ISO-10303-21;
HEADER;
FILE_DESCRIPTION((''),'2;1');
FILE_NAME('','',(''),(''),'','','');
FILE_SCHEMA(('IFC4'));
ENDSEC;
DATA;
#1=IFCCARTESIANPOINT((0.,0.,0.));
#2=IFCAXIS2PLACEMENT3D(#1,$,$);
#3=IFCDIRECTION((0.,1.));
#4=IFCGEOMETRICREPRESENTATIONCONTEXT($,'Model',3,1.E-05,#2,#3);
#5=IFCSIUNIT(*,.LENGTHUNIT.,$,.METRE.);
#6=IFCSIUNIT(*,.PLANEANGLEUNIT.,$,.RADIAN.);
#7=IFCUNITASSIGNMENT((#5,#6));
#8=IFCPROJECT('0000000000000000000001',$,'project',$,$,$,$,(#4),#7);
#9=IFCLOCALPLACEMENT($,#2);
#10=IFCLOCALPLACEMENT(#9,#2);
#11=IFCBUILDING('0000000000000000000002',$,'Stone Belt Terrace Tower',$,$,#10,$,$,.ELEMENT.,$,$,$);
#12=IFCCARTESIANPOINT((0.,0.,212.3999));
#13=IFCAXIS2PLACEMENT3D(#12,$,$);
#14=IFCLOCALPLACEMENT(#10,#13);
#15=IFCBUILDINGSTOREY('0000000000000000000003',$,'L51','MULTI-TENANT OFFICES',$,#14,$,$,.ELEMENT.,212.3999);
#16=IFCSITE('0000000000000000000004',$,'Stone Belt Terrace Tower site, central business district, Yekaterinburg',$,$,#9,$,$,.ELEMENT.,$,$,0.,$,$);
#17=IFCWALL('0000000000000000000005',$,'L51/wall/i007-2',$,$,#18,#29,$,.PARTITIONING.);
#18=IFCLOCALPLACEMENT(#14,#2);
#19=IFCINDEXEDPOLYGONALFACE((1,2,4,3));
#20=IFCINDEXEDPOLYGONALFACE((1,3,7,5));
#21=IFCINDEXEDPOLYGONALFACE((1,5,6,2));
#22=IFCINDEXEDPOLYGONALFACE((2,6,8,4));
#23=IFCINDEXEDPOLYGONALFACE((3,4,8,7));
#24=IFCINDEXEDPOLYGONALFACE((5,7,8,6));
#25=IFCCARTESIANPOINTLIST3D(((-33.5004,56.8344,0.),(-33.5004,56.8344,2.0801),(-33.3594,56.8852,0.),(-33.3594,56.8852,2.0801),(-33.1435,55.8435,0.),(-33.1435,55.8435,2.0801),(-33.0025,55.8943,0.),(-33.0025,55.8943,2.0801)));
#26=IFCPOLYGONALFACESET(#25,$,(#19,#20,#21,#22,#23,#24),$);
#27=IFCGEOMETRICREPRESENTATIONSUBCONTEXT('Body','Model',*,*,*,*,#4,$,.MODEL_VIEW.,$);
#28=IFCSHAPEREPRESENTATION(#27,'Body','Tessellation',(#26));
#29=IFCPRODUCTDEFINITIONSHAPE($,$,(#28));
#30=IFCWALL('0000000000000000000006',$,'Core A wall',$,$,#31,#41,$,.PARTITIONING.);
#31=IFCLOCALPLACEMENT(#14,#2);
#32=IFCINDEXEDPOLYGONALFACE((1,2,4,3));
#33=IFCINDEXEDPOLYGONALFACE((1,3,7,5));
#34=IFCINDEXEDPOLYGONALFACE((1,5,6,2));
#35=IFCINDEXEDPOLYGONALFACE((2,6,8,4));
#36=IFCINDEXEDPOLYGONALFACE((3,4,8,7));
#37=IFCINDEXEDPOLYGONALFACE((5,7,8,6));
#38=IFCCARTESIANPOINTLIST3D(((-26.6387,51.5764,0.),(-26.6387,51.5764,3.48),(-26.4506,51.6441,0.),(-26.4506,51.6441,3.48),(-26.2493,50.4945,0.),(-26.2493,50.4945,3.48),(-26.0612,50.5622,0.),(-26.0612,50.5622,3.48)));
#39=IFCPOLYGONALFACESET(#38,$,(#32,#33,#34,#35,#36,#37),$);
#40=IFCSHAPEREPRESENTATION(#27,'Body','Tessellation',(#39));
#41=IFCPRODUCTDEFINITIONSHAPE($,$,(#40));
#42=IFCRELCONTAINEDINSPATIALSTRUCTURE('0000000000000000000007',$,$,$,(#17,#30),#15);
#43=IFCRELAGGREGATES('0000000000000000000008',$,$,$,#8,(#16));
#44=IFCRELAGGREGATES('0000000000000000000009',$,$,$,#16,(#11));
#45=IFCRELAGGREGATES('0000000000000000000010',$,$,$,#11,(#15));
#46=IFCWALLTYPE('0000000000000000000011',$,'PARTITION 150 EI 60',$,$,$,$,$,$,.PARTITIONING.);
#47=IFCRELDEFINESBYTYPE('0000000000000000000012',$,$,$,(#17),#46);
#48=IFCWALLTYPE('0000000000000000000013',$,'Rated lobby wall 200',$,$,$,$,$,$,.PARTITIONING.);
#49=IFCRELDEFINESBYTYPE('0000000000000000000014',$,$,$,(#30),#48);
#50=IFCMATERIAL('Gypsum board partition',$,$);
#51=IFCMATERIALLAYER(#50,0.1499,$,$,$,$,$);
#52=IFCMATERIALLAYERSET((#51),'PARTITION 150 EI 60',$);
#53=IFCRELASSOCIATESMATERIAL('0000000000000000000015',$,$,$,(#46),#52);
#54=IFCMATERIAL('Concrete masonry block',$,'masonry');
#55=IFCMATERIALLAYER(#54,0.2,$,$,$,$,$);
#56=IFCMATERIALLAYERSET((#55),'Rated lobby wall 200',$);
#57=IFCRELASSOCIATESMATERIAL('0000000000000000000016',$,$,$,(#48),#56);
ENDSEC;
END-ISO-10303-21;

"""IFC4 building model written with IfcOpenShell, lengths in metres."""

from ifc_helpers import new_model, si_unit, direction, frame, frame_2d, origin, place, context, subcontext, project, spatial, rectangle, extrude, material, layer, layer_set, type_object, element, save


model = new_model("IFC4")

# Units and contexts
model_context = context("Model", 3, precision=1e-05, world=origin(), true_north=direction((0.0, 1.0)))
body_context = subcontext(model_context, "Body", "Model", "MODEL_VIEW")
ifc_project = project(units=[si_unit("LENGTHUNIT", "METRE"), si_unit("PLANEANGLEUNIT", "RADIAN")], contexts=[model_context])

# Site, building, storey
site_placement = place(None, origin())
site = spatial("IfcSite", under=ifc_project, at=site_placement, Name="Stone Belt Terrace Tower site, central business district, Yekaterinburg", CompositionType="ELEMENT", RefElevation=0.0)
building_placement = place(site_placement, origin())
building = spatial("IfcBuilding", under=site, at=building_placement, Name="Stone Belt Terrace Tower", CompositionType="ELEMENT")
storey_placement = place(building_placement, frame((0.0, 0.0, 212.3999)))
storey = spatial("IfcBuildingStorey", under=building, at=storey_placement, Name="L51", Description="MULTI-TENANT OFFICES", CompositionType="ELEMENT", Elevation=212.3999)

# Shared definitions
ifc_material_1 = material(Name="Gypsum board partition")
ifc_layer_1 = layer(ifc_material_1, 0.1499)
ifc_layer_set_1 = layer_set([ifc_layer_1], Name="PARTITION 150 EI 60")
wall_type_1 = type_object("IfcWallType", Name="PARTITION 150 EI 60", PredefinedType="PARTITIONING", material=ifc_layer_set_1)

# Walls
wall_1_placement = place(storey_placement, frame((-33.073, 55.8689, 0.0), z_axis=(0.0, 0.0, 1.0), x_axis=(-0.338875, 0.940831, 0.0)))
element("IfcWall", 1, at=wall_1_placement, inside=storey, type_object=wall_type_1, Name="L51/wall/i007-2", PredefinedType="PARTITIONING", context=body_context, shape_type="SweptSolid", body=[
    extrude(rectangle(XDim=1.0532, YDim=0.1499, at=frame_2d((0.5266, 0.0))), origin(), (0.0, 0.0, 1.0), 2.0801),
])
ifc_material_2 = material(Name="Concrete masonry block", Category="masonry")
ifc_layer_2 = layer(ifc_material_2, 0.2)
ifc_layer_set_2 = layer_set([ifc_layer_2], Name="Rated lobby wall 200")
wall_type_2 = type_object("IfcWallType", Name="Rated lobby wall 200", PredefinedType="PARTITIONING", material=ifc_layer_set_2)
wall_2_placement = place(storey_placement, frame((-26.1553, 50.5283, 0.0), z_axis=(0.0, 0.0, 1.0), x_axis=(-0.338622, 0.940923, 0.0)))
element("IfcWall", 2, at=wall_2_placement, inside=storey, type_object=wall_type_2, Name="Core A wall", PredefinedType="PARTITIONING", context=body_context, shape_type="SweptSolid", body=[
    extrude(rectangle(XDim=1.1499, YDim=0.2, at=frame_2d((0.575, 0.0))), origin(), (0.0, 0.0, 1.0), 3.48),
])

save(model, "model.ifc")
